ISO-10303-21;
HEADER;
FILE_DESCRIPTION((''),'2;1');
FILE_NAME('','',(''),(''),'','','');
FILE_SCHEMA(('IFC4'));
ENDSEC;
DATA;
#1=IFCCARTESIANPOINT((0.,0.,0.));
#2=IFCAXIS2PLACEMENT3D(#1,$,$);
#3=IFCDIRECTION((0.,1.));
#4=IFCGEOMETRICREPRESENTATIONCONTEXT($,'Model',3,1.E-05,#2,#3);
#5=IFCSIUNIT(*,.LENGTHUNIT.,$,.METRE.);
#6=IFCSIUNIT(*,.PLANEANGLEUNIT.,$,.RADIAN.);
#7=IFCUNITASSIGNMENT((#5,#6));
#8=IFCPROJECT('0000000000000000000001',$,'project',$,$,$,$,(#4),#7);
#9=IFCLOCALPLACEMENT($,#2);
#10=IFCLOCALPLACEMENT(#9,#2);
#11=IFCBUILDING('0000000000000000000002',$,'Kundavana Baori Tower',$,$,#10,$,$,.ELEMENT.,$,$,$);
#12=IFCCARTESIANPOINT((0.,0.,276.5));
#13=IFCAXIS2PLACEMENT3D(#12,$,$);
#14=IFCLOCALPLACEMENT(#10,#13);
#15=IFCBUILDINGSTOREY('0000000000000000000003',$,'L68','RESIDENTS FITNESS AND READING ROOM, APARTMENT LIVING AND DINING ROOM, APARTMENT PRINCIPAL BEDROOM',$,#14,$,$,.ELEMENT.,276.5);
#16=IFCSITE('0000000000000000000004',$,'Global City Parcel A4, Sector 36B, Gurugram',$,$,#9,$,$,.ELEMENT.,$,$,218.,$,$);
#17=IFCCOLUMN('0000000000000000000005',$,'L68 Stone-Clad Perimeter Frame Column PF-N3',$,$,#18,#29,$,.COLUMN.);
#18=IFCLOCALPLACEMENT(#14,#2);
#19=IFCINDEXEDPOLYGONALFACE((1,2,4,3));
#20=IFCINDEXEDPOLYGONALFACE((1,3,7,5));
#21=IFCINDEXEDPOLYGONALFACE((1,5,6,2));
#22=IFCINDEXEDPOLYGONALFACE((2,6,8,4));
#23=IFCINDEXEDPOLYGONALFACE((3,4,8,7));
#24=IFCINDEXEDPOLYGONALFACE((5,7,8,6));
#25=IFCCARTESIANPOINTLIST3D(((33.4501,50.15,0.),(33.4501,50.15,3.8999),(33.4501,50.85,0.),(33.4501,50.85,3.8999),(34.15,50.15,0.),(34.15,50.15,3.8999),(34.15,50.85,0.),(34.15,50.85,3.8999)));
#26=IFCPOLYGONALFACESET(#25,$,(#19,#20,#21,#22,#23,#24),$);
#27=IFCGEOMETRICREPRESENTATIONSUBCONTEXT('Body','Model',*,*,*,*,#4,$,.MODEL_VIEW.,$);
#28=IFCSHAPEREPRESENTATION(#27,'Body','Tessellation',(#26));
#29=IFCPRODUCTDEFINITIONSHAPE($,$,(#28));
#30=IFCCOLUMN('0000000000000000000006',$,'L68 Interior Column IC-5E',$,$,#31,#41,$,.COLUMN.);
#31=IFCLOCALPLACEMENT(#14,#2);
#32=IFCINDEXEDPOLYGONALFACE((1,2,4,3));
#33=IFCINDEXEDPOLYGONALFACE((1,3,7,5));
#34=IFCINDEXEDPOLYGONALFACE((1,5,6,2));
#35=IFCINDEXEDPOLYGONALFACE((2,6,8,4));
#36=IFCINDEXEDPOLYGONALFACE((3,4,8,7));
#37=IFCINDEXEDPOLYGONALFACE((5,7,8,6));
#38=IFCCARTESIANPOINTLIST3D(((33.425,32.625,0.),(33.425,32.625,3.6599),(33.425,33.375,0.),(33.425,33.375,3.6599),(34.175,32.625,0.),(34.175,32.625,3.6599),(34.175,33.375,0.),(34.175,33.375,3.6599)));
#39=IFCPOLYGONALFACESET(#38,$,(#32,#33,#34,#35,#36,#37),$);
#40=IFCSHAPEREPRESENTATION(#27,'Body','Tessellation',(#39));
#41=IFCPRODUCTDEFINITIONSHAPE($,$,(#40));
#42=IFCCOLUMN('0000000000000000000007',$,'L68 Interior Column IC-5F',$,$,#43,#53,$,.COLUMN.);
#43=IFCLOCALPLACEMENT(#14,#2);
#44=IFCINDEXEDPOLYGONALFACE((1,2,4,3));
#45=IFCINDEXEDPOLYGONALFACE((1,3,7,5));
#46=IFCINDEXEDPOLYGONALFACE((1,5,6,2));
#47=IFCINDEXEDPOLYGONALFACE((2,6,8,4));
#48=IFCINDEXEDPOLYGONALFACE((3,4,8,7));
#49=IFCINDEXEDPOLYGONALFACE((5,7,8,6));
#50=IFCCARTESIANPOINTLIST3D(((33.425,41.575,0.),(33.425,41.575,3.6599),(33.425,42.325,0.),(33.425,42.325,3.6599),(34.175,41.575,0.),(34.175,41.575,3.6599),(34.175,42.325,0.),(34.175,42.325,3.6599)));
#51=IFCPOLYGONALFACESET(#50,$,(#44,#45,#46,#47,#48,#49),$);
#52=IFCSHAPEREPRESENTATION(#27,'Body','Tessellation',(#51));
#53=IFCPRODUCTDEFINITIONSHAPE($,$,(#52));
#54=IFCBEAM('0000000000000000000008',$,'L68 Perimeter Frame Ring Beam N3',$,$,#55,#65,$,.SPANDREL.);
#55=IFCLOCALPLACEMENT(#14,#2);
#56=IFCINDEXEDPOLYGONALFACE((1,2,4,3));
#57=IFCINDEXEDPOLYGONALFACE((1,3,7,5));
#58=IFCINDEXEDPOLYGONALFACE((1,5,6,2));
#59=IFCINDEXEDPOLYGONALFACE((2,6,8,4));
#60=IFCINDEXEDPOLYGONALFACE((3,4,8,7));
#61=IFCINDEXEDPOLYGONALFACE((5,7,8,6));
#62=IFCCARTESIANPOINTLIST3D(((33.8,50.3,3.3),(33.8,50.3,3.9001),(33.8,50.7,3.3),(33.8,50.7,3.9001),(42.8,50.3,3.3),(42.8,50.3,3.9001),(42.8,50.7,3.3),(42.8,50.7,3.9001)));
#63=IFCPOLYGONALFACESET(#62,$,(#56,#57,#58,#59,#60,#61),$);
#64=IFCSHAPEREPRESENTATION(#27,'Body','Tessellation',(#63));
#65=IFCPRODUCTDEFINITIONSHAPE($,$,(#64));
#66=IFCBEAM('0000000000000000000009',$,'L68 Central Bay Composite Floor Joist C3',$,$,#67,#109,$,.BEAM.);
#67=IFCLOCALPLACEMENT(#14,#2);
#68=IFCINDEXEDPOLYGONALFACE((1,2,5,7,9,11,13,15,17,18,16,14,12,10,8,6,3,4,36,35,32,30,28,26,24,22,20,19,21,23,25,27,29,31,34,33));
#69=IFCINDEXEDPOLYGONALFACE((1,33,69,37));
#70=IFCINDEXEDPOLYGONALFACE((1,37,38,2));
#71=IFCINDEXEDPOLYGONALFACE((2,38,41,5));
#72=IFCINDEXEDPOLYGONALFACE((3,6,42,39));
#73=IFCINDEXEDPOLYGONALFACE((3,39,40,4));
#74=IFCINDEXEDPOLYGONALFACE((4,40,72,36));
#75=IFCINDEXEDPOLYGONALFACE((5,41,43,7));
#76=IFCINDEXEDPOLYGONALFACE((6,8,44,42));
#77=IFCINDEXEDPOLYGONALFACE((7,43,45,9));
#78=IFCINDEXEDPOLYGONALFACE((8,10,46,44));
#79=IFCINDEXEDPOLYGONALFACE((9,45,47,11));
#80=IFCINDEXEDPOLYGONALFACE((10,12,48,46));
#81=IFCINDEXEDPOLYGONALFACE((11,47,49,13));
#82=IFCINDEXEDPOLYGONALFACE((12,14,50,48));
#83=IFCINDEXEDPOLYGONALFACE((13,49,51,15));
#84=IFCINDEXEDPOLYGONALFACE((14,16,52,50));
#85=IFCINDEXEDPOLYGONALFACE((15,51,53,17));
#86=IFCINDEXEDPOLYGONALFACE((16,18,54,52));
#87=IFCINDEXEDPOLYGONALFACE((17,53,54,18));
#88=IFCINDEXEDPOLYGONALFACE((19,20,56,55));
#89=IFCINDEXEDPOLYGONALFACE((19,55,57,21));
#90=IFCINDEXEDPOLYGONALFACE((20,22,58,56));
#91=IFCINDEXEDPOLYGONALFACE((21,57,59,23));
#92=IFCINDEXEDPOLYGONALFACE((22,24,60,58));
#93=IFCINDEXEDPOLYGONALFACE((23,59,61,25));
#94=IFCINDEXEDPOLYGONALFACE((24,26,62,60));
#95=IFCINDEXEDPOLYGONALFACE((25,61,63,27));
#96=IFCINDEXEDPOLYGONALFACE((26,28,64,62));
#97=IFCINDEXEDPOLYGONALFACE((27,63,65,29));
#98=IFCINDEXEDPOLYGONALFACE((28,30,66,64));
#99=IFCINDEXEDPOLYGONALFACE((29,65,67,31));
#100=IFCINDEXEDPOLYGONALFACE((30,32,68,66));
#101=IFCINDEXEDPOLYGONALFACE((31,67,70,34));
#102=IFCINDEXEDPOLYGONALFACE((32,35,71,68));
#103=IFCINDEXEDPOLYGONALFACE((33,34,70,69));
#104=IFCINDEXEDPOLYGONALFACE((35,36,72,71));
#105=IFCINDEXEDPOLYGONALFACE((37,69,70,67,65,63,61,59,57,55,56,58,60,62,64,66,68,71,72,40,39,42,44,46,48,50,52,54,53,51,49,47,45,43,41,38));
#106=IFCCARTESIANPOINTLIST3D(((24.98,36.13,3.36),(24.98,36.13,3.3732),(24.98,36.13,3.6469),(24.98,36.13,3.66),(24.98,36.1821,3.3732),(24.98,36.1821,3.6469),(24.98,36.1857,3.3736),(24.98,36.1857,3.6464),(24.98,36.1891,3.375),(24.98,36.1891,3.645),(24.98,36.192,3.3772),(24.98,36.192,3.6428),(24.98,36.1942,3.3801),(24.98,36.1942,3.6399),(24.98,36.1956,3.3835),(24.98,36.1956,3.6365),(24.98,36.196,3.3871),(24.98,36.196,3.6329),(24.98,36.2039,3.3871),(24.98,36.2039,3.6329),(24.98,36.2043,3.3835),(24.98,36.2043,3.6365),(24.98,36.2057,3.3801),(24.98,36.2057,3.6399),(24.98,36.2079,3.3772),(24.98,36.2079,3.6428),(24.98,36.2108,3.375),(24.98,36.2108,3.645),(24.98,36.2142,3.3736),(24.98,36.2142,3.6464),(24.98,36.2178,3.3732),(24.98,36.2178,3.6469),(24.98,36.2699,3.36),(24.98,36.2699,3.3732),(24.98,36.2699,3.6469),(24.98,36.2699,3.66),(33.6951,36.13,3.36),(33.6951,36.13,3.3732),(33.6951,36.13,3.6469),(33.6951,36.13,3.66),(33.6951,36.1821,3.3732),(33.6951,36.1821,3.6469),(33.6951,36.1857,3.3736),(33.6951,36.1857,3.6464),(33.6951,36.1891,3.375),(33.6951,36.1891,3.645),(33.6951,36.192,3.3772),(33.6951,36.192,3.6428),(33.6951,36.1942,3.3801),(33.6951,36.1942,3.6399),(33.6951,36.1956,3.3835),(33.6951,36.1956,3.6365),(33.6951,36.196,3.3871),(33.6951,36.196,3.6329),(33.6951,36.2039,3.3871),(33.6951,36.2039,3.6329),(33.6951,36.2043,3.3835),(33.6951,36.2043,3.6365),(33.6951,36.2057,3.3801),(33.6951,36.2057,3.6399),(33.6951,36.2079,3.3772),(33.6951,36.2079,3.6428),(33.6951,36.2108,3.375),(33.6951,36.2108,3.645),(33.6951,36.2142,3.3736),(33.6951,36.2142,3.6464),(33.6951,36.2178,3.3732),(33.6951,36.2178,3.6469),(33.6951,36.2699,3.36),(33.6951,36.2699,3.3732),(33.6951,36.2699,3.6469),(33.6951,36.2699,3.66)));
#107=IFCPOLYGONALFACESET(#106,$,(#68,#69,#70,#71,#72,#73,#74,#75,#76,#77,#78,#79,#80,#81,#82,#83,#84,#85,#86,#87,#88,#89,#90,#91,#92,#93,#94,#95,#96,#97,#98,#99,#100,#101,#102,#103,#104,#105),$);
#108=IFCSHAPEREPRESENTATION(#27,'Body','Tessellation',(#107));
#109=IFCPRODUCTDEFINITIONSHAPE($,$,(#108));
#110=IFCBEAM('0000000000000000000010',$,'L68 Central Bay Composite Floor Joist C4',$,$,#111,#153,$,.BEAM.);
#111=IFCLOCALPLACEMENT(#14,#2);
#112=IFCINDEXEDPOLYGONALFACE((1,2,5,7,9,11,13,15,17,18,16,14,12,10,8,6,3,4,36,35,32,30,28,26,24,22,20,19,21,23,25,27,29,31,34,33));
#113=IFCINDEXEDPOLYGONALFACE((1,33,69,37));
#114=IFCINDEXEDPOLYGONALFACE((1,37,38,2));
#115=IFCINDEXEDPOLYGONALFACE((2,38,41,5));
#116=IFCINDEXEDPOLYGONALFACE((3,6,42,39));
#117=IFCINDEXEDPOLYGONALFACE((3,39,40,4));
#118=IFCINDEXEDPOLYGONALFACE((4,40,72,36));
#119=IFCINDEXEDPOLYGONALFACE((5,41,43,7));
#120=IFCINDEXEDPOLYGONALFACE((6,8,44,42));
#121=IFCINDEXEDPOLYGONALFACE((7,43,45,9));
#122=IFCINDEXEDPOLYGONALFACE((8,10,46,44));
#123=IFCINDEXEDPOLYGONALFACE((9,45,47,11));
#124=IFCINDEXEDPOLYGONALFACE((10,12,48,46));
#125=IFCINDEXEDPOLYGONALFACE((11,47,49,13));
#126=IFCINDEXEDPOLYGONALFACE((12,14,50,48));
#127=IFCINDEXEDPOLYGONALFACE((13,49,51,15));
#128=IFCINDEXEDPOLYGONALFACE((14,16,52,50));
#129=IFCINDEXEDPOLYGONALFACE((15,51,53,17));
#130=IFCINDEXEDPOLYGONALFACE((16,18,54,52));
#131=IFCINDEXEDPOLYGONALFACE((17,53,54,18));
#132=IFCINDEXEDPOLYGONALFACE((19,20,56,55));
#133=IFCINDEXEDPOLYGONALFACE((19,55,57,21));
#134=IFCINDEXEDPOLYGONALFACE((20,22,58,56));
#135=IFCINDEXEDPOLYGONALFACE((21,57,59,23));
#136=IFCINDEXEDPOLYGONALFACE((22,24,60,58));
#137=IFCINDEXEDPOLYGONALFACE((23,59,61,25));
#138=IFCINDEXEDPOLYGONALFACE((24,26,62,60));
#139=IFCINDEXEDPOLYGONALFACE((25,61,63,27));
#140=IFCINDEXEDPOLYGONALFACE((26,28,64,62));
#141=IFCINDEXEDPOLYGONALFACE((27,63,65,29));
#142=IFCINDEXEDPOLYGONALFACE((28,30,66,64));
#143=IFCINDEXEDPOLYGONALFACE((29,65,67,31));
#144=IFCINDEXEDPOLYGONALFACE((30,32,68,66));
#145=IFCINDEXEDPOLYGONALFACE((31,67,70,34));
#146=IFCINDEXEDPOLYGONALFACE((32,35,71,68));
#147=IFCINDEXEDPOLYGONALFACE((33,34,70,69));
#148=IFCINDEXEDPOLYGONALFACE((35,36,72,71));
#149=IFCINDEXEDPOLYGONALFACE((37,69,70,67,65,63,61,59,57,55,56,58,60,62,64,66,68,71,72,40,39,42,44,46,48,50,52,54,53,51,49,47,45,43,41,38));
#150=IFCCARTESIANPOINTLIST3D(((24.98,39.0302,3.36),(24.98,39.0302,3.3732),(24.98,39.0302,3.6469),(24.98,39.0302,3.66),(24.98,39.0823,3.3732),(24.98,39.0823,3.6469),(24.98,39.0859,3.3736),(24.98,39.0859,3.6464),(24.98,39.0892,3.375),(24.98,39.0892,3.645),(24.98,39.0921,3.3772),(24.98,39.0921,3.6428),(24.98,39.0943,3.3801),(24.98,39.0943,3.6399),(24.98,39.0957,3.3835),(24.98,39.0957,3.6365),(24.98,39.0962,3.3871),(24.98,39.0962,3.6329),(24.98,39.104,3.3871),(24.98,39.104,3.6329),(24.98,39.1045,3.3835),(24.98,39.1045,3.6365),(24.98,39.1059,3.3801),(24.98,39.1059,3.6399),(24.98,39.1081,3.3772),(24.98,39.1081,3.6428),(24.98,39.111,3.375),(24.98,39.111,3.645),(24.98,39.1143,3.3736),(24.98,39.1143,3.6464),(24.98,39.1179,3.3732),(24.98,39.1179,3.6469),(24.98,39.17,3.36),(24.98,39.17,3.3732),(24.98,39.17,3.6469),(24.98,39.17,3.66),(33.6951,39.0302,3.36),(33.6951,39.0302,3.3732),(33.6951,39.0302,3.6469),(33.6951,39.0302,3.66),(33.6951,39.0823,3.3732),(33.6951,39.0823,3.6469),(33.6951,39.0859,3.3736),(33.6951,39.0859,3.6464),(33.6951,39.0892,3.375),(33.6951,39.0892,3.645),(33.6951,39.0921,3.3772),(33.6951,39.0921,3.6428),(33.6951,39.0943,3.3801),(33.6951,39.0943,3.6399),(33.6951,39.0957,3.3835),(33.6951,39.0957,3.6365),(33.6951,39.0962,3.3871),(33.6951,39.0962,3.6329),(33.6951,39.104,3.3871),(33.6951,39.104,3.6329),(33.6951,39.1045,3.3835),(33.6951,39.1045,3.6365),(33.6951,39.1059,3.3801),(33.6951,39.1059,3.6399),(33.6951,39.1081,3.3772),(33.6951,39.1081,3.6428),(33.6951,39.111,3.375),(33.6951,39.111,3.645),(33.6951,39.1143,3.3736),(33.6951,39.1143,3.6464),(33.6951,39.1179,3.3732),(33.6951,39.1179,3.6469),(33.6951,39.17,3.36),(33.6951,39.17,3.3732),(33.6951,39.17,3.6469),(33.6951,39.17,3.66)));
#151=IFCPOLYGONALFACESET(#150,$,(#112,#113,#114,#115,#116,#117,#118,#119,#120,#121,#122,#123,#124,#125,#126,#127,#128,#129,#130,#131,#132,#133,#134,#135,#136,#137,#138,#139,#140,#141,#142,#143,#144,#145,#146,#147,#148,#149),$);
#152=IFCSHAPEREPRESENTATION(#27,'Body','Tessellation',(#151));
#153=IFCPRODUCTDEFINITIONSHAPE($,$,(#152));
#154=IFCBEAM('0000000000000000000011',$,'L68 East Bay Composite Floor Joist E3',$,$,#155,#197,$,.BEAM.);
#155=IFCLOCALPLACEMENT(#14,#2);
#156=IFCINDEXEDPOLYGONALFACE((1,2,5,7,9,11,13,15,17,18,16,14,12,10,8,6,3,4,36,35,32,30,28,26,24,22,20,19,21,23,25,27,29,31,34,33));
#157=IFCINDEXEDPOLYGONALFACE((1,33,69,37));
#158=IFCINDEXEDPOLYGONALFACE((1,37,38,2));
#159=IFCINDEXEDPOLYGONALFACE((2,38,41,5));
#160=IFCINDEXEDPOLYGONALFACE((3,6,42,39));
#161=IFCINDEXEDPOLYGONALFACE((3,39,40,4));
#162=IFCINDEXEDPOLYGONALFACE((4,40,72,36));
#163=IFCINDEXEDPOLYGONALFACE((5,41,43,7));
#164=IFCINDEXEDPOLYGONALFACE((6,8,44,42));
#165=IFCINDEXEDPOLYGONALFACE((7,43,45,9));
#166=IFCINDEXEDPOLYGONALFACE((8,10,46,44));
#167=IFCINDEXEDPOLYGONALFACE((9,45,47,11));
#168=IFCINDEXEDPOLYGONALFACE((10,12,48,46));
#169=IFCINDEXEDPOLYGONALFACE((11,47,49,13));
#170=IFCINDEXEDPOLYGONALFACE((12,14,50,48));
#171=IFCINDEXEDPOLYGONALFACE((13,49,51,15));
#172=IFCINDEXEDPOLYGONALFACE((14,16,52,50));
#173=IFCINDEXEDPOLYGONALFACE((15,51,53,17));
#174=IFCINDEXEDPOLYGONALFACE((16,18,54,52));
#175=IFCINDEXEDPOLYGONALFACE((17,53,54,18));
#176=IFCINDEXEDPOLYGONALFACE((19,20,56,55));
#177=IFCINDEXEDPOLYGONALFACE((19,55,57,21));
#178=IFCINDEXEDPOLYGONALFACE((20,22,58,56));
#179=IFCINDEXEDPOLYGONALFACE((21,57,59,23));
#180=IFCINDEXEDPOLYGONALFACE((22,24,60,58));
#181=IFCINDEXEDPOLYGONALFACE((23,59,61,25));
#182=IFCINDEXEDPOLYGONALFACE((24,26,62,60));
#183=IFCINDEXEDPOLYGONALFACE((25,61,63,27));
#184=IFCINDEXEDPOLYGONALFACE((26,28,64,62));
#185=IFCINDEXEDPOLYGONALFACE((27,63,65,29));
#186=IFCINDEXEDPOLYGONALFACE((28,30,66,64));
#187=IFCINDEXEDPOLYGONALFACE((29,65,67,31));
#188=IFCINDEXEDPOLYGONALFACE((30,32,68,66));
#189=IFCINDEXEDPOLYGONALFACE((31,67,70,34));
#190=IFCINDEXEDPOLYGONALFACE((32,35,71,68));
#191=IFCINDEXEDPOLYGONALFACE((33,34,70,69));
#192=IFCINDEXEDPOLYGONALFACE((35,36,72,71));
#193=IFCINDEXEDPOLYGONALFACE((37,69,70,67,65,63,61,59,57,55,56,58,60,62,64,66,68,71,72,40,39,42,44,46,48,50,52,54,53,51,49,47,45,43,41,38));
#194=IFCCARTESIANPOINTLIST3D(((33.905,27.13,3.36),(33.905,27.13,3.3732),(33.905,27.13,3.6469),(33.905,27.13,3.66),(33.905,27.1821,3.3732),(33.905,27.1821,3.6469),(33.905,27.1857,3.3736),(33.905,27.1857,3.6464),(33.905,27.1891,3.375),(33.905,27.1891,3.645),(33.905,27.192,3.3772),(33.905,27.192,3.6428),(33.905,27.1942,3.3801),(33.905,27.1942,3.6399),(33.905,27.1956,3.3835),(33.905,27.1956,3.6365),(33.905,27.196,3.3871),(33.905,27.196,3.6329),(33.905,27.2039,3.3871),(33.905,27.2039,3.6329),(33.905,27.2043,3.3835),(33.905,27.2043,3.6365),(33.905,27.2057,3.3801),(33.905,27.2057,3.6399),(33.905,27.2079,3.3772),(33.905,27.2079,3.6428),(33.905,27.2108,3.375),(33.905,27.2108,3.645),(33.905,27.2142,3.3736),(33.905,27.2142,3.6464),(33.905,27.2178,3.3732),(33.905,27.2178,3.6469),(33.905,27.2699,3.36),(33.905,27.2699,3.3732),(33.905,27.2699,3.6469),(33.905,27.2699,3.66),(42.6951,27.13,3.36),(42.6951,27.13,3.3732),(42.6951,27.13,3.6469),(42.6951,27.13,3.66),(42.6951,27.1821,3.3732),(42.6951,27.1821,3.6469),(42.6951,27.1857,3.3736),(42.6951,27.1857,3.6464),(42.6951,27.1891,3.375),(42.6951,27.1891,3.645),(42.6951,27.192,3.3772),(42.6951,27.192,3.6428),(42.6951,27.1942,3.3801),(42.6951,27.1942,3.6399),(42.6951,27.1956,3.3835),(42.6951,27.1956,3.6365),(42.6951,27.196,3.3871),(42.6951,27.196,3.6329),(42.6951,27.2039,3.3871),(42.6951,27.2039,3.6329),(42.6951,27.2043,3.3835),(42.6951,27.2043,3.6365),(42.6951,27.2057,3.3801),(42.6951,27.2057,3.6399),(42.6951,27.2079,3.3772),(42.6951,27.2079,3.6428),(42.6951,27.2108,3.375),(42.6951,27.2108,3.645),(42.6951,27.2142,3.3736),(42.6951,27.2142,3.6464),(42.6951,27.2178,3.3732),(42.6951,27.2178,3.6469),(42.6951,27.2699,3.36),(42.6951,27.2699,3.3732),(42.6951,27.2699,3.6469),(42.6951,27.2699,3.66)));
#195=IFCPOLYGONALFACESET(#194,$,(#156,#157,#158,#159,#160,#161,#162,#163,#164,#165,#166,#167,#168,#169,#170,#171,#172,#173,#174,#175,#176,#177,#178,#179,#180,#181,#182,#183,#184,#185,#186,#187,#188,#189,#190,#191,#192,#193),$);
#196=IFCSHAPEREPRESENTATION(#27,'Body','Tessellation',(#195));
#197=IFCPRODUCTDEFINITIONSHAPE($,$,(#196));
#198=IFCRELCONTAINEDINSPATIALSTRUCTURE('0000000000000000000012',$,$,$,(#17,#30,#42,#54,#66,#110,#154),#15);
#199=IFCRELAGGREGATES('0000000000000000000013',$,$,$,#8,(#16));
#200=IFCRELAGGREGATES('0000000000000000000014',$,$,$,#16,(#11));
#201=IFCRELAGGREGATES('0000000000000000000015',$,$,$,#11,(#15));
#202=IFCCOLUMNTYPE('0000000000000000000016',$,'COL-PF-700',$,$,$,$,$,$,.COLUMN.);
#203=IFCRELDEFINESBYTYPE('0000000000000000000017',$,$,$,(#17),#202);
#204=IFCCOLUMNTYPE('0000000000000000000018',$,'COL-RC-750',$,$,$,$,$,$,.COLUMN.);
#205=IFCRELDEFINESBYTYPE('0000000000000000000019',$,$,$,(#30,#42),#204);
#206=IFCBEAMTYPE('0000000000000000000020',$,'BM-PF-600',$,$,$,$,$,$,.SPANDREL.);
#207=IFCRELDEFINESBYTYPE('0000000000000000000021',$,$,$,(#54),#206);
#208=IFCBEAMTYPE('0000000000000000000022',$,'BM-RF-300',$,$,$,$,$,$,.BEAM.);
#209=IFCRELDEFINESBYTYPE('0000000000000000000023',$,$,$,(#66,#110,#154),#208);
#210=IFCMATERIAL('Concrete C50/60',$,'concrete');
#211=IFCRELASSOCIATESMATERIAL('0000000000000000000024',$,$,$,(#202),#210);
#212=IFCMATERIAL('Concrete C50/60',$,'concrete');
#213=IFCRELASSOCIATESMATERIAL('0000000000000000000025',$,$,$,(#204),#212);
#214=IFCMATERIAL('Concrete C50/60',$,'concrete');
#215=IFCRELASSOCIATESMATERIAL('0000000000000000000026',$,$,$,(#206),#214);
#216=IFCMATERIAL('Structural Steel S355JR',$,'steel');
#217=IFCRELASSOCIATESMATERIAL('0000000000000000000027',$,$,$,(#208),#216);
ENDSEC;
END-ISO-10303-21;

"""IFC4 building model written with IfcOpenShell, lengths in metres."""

from ifc_helpers import new_model, si_unit, direction, frame, origin, origin_2d, place, context, subcontext, project, spatial, rectangle, i_section, extrude, material, material_profile, profile_set, type_object, element, save


model = new_model("IFC4")

# Units and contexts
model_context = context("Model", 3, precision=1e-05, world=origin(), true_north=direction((0.0, 1.0)))
body_context = subcontext(model_context, "Body", "Model", "MODEL_VIEW")
ifc_project = project(units=[si_unit("LENGTHUNIT", "METRE"), si_unit("PLANEANGLEUNIT", "RADIAN")], contexts=[model_context])

# Site, building, storey
site_placement = place(None, origin())
site = spatial("IfcSite", under=ifc_project, at=site_placement, Name="Global City Parcel A4, Sector 36B, Gurugram", CompositionType="ELEMENT", RefElevation=218.0)
building_placement = place(site_placement, origin())
building = spatial("IfcBuilding", under=site, at=building_placement, Name="Kundavana Baori Tower", CompositionType="ELEMENT")
storey_placement = place(building_placement, frame((0.0, 0.0, 276.5)))
storey = spatial("IfcBuildingStorey", under=building, at=storey_placement, Name="L68", Description="RESIDENTS FITNESS AND READING ROOM, APARTMENT LIVING AND DINING ROOM, APARTMENT PRINCIPAL BEDROOM", CompositionType="ELEMENT", Elevation=276.5)

# Columns
ifc_material_1 = material(Name="Concrete C50/60", Category="concrete")
ifc_material_profile_1 = material_profile(ifc_material_1, rectangle(XDim=0.7, YDim=0.7, at=origin_2d()), Name="RC PF 700x700")
ifc_profile_set_1 = profile_set([ifc_material_profile_1], Name="Concrete C50/60")
column_type_1 = type_object("IfcColumnType", Name="COL-PF-700", PredefinedType="COLUMN", material=ifc_profile_set_1)
column_placement = place(storey_placement, frame((33.8, 50.5, 0.0), z_axis=(0.0, 0.0, 1.0), x_axis=(1.0, 0.0, 0.0)))
element("IfcColumn", 1, at=column_placement, inside=storey, type_object=column_type_1, Name="L68 Stone-Clad Perimeter Frame Column PF-N3", PredefinedType="COLUMN", context=body_context, shape_type="SweptSolid", body=[
    extrude(rectangle(XDim=0.7, YDim=0.7, at=origin_2d()), origin(), (0.0, 0.0, 1.0), 3.8999),
])
ifc_material_2 = material(Name="Concrete C50/60", Category="concrete")
ifc_material_profile_2 = material_profile(ifc_material_2, rectangle(XDim=0.75, YDim=0.75, at=origin_2d()), Name="RC 750x750")
ifc_profile_set_2 = profile_set([ifc_material_profile_2], Name="Concrete C50/60")
column_type_2 = type_object("IfcColumnType", Name="COL-RC-750", PredefinedType="COLUMN", material=ifc_profile_set_2)
for number, where, z_axis, x_axis, name in (
    (2, (33.8, 33.0, 0.0), (0.0, 0.0, 1.0), (1.0, 0.0, 0.0), "L68 Interior Column IC-5E"),
    (3, (33.8, 41.95, 0.0), (0.0, 0.0, 1.0), (1.0, 0.0, 0.0), "L68 Interior Column IC-5F"),
):
    element("IfcColumn", number, at=place(storey_placement, frame(where, z_axis=z_axis, x_axis=x_axis)), inside=storey, type_object=column_type_2, Name=name, PredefinedType="COLUMN", context=body_context, shape_type="SweptSolid", body=[
        extrude(rectangle(XDim=0.75, YDim=0.75, at=origin_2d()), origin(), (0.0, 0.0, 1.0), 3.6599),
    ])

# Beams
ifc_material_3 = material(Name="Concrete C50/60", Category="concrete")
ifc_material_profile_3 = material_profile(ifc_material_3, rectangle(XDim=0.3999, YDim=0.6001, at=origin_2d()), Name="RC BM 400x600")
ifc_profile_set_3 = profile_set([ifc_material_profile_3], Name="Concrete C50/60")
beam_type_1 = type_object("IfcBeamType", Name="BM-PF-600", PredefinedType="SPANDREL", material=ifc_profile_set_3)
beam_1_placement = place(storey_placement, frame((33.8, 50.5, 3.6001), z_axis=(1.0, 0.0, 0.0), x_axis=(0.0, 1.0, 0.0)))
element("IfcBeam", 4, at=beam_1_placement, inside=storey, type_object=beam_type_1, Name="L68 Perimeter Frame Ring Beam N3", PredefinedType="SPANDREL", context=body_context, shape_type="SweptSolid", body=[
    extrude(rectangle(XDim=0.3999, YDim=0.6001, at=origin_2d()), origin(), (0.0, 0.0, 1.0), 9.0),
])
ifc_material_4 = material(Name="Structural Steel S355JR", Category="steel")
ifc_material_profile_4 = material_profile(ifc_material_4, i_section(OverallWidth=0.1399, OverallDepth=0.3, WebThickness=0.0078, FlangeThickness=0.0132, FilletRadius=0.0139, at=origin_2d()), Name="ISMB 300")
ifc_profile_set_4 = profile_set([ifc_material_profile_4], Name="Structural Steel S355JR")
beam_type_2 = type_object("IfcBeamType", Name="BM-RF-300", PredefinedType="BEAM", material=ifc_profile_set_4)
for number, where, z_axis, x_axis, name in (
    (5, (24.98, 36.2, 3.51), (1.0, 0.0, 0.0), (0.0, 1.0, 0.0), "L68 Central Bay Composite Floor Joist C3"),
    (6, (24.98, 39.1001, 3.51), (1.0, 0.0, 0.0), (0.0, 1.0, 0.0), "L68 Central Bay Composite Floor Joist C4"),
):
    element("IfcBeam", number, at=place(storey_placement, frame(where, z_axis=z_axis, x_axis=x_axis)), inside=storey, type_object=beam_type_2, Name=name, PredefinedType="BEAM", context=body_context, shape_type="SweptSolid", body=[
        extrude(i_section(OverallWidth=0.1399, OverallDepth=0.3, WebThickness=0.0078, FlangeThickness=0.0132, FilletRadius=0.0139, at=origin_2d()), origin(), (0.0, 0.0, 1.0), 8.7151),
    ])
beam_2_placement = place(storey_placement, frame((33.905, 27.2, 3.51), z_axis=(1.0, 0.0, 0.0), x_axis=(0.0, 1.0, 0.0)))
element("IfcBeam", 7, at=beam_2_placement, inside=storey, type_object=beam_type_2, Name="L68 East Bay Composite Floor Joist E3", PredefinedType="BEAM", context=body_context, shape_type="SweptSolid", body=[
    extrude(i_section(OverallWidth=0.1399, OverallDepth=0.3, WebThickness=0.0078, FlangeThickness=0.0132, FilletRadius=0.0139, at=origin_2d()), origin(), (0.0, 0.0, 1.0), 8.79),
])

save(model, "model.ifc")
